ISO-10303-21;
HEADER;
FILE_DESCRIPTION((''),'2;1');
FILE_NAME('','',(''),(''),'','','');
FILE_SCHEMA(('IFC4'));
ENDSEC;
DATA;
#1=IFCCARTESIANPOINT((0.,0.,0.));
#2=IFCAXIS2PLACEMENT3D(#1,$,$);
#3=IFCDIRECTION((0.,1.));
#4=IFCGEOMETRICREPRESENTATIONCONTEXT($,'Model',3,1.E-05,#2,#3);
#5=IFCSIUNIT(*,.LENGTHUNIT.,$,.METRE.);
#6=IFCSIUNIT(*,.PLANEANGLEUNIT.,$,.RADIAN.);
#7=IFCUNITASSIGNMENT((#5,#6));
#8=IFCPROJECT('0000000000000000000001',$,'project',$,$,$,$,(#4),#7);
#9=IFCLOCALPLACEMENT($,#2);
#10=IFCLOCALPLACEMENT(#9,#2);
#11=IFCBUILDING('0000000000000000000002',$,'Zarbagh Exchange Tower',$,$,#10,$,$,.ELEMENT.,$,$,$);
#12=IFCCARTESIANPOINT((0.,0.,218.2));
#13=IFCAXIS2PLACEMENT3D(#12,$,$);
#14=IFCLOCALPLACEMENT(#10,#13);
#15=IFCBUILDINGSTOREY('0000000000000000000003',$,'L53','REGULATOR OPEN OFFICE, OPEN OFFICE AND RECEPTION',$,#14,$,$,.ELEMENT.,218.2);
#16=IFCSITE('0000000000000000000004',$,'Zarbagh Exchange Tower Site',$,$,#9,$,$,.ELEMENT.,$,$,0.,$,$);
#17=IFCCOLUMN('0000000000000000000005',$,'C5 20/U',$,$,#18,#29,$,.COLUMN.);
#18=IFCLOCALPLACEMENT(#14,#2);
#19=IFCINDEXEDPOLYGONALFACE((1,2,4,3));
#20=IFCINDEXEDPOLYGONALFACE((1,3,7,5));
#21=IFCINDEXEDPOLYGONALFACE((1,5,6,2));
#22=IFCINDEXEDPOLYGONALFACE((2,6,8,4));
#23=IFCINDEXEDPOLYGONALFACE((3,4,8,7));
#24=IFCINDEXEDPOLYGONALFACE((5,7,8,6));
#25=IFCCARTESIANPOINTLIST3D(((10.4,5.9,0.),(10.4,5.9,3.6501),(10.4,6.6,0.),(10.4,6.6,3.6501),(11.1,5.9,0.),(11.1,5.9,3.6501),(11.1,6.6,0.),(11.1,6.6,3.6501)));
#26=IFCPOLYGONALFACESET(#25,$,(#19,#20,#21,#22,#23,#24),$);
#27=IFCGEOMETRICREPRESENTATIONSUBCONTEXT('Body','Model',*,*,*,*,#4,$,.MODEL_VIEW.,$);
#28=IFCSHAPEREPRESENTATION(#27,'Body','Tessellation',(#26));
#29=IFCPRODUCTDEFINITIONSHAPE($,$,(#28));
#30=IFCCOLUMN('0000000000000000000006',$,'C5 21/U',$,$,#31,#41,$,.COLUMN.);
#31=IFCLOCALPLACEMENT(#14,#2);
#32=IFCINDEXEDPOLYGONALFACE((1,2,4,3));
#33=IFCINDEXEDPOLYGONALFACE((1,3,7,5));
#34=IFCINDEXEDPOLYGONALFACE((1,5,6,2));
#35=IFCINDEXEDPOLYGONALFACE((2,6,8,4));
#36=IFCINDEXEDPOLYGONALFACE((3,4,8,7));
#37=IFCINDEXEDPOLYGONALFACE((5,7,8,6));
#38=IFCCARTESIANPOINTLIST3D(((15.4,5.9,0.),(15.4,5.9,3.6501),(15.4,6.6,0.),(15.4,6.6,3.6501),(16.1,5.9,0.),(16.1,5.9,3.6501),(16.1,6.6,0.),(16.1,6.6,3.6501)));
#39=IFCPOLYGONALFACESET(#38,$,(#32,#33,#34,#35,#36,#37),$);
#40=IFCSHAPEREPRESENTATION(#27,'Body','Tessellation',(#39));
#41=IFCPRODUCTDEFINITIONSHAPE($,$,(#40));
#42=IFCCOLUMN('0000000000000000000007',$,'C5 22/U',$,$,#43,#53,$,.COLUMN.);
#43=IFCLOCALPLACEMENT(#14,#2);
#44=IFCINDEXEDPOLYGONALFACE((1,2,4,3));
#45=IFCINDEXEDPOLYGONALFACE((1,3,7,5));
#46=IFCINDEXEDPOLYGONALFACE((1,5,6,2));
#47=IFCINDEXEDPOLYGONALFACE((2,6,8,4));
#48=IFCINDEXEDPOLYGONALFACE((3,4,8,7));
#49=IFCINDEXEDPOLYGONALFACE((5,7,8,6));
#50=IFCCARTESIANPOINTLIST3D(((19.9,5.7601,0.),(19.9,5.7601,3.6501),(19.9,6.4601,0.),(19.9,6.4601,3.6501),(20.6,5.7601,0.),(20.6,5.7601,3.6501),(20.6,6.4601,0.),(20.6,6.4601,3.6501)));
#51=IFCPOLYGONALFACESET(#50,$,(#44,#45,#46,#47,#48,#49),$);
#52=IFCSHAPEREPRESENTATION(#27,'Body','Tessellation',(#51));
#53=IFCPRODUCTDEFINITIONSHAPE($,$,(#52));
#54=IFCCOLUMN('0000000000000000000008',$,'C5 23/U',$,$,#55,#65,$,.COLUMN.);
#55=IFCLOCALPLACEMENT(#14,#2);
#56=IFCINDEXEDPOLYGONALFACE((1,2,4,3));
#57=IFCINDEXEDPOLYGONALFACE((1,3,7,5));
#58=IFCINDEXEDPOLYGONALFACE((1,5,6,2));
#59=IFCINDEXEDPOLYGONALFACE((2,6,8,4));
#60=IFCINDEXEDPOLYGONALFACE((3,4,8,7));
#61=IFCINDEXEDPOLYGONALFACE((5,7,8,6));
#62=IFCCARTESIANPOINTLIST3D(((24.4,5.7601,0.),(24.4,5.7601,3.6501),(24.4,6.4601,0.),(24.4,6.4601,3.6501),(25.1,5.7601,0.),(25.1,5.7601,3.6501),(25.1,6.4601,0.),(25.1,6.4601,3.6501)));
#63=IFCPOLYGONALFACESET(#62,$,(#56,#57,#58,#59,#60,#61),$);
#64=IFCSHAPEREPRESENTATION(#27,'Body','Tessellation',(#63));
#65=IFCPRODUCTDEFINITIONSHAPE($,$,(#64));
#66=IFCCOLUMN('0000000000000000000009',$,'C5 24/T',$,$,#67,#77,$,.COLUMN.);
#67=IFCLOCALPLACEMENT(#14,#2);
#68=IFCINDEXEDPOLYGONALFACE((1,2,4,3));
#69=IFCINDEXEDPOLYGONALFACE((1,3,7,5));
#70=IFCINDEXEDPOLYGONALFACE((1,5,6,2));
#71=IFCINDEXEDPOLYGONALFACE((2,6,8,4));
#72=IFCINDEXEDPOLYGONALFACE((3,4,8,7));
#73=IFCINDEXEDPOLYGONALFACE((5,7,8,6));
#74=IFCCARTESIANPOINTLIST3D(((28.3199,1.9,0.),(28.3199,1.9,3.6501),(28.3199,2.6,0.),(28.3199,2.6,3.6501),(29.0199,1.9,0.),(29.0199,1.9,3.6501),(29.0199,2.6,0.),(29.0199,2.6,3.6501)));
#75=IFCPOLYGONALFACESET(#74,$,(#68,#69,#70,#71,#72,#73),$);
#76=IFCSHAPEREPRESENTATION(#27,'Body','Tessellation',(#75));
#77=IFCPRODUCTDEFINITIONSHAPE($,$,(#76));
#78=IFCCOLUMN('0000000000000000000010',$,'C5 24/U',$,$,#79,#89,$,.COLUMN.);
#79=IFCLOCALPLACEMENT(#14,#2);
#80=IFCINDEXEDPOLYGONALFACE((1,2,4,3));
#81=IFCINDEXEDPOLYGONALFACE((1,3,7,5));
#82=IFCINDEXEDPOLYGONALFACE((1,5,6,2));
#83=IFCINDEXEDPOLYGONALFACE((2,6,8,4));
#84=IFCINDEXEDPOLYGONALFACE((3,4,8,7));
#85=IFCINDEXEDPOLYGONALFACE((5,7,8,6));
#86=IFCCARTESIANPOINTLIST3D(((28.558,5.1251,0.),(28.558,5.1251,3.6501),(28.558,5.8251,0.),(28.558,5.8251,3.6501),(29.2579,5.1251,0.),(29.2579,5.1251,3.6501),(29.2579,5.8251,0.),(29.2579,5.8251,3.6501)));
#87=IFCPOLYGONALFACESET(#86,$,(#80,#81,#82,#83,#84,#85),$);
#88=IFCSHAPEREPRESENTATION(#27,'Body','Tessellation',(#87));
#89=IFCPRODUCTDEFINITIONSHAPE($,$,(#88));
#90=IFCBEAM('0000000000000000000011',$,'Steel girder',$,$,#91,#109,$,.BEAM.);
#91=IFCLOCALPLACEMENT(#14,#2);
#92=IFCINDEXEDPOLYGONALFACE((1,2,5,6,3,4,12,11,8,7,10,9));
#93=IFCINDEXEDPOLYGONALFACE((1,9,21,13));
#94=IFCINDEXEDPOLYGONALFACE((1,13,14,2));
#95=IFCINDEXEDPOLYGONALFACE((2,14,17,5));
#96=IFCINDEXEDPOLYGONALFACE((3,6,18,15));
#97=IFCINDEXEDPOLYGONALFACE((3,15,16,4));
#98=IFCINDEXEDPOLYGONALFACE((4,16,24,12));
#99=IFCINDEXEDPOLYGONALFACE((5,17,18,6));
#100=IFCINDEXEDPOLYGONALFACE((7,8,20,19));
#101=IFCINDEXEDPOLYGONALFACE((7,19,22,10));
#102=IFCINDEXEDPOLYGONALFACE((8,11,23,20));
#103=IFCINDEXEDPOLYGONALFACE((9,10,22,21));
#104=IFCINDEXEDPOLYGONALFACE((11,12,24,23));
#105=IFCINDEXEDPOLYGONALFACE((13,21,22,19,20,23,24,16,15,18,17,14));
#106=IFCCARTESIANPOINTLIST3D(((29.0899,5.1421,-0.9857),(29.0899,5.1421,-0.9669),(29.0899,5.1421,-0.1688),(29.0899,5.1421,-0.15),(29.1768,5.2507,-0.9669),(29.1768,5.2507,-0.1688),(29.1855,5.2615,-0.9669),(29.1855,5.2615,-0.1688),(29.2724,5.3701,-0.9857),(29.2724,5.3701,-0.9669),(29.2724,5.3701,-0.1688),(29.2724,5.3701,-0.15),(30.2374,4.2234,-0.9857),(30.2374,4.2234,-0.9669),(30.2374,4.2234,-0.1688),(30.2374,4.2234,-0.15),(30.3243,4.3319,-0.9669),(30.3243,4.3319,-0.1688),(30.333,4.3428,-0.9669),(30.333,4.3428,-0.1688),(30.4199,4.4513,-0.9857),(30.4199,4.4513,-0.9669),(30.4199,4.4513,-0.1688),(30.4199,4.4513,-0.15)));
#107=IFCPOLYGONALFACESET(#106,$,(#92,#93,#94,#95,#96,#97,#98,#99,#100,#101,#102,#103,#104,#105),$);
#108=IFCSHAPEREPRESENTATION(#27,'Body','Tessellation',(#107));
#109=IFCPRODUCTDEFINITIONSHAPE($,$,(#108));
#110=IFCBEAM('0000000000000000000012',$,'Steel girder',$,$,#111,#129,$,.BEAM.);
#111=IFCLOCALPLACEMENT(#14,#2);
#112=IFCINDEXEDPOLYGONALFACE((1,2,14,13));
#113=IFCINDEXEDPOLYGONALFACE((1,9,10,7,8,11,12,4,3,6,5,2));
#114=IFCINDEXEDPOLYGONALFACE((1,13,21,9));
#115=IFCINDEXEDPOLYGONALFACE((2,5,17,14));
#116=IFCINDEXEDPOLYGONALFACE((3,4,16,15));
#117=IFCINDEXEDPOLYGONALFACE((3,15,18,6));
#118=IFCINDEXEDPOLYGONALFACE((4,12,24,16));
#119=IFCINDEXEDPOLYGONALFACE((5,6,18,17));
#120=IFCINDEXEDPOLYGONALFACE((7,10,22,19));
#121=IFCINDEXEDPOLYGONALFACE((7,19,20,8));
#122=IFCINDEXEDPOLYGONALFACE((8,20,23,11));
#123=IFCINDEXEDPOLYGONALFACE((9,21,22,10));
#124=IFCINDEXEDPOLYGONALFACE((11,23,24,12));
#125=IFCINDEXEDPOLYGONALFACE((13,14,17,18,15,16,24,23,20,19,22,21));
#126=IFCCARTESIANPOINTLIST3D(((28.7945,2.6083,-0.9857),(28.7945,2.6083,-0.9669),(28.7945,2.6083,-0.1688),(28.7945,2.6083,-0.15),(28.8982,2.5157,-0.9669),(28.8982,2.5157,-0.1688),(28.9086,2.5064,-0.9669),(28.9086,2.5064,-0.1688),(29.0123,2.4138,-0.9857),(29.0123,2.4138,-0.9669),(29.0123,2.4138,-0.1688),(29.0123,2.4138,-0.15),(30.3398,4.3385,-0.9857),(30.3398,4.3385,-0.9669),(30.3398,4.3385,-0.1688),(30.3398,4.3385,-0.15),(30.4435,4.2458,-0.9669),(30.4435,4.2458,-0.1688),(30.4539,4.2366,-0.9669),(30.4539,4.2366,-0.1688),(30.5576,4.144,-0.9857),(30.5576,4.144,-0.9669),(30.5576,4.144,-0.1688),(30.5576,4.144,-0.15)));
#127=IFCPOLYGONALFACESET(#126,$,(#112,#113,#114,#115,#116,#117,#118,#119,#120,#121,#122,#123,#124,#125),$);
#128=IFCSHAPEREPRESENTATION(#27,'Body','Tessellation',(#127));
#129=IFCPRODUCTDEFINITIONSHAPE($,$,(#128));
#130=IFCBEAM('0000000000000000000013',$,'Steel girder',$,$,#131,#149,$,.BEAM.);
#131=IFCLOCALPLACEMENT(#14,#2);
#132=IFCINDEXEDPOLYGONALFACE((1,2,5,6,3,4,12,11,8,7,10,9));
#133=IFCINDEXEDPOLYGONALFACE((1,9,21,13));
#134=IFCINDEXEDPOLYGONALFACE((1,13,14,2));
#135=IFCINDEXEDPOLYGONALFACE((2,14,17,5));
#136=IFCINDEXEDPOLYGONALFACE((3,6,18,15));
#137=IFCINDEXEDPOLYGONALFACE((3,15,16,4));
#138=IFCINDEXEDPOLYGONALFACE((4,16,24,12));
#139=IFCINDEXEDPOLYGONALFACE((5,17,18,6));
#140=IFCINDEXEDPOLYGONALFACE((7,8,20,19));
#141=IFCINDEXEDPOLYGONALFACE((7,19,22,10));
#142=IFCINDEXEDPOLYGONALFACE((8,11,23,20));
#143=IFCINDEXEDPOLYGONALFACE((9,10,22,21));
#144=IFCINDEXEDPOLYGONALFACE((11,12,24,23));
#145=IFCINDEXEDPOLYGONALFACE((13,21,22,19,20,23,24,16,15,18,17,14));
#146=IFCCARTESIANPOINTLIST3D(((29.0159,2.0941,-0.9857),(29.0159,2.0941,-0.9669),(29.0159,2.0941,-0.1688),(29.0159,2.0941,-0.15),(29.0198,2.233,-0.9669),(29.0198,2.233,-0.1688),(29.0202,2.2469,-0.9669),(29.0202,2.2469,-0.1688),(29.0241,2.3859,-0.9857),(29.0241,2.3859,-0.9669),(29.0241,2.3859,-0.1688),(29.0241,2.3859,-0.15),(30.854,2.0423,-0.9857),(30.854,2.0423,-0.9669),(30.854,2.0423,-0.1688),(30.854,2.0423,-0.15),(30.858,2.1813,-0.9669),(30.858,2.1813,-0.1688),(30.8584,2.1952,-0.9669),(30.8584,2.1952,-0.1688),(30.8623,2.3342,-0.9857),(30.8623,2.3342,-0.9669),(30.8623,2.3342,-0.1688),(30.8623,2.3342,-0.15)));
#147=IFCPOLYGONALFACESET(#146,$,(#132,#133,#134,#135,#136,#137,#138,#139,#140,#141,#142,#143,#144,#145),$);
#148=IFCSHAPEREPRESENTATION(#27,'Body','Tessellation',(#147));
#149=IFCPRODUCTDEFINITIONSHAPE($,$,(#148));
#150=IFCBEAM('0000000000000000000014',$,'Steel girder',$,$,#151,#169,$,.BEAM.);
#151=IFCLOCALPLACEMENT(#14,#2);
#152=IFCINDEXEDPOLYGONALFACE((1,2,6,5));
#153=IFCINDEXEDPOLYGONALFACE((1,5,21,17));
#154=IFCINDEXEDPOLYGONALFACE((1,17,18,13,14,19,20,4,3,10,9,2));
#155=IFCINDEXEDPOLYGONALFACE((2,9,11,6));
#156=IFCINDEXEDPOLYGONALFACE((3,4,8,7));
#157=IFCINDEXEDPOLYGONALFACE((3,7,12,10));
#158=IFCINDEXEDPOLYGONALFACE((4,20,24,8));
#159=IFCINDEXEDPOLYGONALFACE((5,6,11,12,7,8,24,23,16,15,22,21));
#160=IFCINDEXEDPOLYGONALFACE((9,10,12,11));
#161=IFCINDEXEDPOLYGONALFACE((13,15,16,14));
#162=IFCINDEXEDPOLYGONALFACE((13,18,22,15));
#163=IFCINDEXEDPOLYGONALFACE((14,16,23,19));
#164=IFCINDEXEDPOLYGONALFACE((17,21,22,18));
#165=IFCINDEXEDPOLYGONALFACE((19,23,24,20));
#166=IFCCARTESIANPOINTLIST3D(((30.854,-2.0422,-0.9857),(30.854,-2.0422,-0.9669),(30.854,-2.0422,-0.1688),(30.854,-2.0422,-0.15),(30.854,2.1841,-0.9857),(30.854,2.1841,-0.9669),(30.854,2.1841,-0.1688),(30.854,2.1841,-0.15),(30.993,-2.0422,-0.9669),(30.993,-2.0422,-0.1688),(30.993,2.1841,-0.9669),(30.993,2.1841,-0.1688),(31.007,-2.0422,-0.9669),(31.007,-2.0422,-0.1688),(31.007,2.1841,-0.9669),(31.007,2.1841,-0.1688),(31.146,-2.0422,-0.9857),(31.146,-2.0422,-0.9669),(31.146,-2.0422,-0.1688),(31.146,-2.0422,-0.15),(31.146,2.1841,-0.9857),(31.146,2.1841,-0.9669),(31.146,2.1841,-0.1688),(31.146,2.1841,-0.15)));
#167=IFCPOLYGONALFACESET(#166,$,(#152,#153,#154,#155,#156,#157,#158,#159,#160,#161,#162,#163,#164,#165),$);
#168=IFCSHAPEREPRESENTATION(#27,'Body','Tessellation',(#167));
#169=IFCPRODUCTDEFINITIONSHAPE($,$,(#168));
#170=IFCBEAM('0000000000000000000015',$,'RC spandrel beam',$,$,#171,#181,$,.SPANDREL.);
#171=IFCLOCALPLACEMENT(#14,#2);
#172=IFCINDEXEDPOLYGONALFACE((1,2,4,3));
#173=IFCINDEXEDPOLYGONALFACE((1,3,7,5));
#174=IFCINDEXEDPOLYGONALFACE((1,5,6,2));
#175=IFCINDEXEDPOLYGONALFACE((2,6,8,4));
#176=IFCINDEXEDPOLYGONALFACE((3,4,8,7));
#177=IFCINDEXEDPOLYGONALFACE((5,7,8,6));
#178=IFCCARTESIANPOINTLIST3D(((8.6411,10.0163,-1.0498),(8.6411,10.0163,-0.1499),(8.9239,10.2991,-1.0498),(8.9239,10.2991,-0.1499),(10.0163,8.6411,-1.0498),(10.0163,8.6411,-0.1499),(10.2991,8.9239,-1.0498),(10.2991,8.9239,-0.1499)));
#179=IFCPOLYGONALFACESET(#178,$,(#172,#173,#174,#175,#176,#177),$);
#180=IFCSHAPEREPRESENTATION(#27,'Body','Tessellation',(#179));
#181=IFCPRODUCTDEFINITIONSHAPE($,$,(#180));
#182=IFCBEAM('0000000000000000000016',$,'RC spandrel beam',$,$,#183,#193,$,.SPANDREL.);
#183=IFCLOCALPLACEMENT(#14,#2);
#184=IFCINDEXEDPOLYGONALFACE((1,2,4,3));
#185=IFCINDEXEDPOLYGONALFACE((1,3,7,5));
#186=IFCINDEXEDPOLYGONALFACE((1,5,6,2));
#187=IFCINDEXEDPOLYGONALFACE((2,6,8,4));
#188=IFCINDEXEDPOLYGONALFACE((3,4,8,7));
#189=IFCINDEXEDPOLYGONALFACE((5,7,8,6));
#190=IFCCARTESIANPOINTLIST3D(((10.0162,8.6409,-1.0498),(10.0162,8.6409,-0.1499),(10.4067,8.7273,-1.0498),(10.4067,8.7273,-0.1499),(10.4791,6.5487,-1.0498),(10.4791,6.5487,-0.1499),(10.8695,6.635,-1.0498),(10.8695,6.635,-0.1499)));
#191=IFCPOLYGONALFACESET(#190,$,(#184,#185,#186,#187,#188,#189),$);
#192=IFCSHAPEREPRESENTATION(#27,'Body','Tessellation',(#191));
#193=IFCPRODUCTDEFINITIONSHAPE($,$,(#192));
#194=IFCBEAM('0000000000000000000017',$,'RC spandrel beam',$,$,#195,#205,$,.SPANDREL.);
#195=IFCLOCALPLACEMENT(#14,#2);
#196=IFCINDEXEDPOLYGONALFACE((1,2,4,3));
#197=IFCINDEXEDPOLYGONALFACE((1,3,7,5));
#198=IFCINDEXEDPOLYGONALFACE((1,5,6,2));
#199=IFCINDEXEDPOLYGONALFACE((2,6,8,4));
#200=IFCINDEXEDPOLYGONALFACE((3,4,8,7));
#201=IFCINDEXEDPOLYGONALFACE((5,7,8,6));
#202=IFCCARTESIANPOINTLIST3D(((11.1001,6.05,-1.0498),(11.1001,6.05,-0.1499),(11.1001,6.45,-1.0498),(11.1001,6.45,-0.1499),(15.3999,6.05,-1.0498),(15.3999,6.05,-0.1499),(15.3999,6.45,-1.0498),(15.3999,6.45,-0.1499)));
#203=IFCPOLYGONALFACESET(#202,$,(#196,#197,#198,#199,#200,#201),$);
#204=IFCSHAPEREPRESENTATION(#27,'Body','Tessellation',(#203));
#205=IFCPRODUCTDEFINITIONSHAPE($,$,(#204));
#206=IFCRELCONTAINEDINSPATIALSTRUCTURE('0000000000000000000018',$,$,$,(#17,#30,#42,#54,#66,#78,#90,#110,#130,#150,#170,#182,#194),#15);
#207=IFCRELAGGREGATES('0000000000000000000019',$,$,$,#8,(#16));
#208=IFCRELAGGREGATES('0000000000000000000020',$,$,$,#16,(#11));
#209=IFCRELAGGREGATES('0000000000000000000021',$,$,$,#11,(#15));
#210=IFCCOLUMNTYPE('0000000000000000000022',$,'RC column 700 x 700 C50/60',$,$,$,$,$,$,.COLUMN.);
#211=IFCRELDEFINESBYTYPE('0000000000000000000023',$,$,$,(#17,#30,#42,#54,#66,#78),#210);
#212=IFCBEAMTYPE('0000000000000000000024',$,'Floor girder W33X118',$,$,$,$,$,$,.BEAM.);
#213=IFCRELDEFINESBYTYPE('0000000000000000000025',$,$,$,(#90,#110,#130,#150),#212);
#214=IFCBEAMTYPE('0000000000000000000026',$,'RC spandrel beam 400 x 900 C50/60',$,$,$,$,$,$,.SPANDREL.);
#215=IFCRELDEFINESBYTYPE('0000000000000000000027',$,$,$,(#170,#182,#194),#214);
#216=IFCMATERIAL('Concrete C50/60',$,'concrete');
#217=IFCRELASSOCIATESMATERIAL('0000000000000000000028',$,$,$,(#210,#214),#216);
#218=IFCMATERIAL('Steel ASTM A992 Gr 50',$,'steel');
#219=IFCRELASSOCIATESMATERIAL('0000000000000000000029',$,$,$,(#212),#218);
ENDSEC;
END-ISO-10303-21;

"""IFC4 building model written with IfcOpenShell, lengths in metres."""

from ifc_helpers import new_model, si_unit, direction, frame, origin, origin_2d, place, context, subcontext, project, spatial, rectangle, i_section, extrude, material, material_profile, profile_set, type_object, element, save


model = new_model("IFC4")

# Units and contexts
model_context = context("Model", 3, precision=1e-05, world=origin(), true_north=direction((0.0, 1.0)))
body_context = subcontext(model_context, "Body", "Model", "MODEL_VIEW")
ifc_project = project(units=[si_unit("LENGTHUNIT", "METRE"), si_unit("PLANEANGLEUNIT", "RADIAN")], contexts=[model_context])

# Site, building, storey
site_placement = place(None, origin())
site = spatial("IfcSite", under=ifc_project, at=site_placement, Name="Zarbagh Exchange Tower Site", CompositionType="ELEMENT", RefElevation=0.0)
building_placement = place(site_placement, origin())
building = spatial("IfcBuilding", under=site, at=building_placement, Name="Zarbagh Exchange Tower", CompositionType="ELEMENT")
storey_placement = place(building_placement, frame((0.0, 0.0, 218.2)))
storey = spatial("IfcBuildingStorey", under=building, at=storey_placement, Name="L53", Description="REGULATOR OPEN OFFICE, OPEN OFFICE AND RECEPTION", CompositionType="ELEMENT", Elevation=218.2)

# Columns
ifc_material_1 = material(Name="Concrete C50/60", Category="concrete")
ifc_material_profile_1 = material_profile(ifc_material_1, rectangle(XDim=0.7, YDim=0.7, at=origin_2d()), Name="RC column 700 x 700 C50/60")
ifc_profile_set_1 = profile_set([ifc_material_profile_1], Name="Concrete C50/60")
column_type = type_object("IfcColumnType", Name="RC column 700 x 700 C50/60", PredefinedType="COLUMN", material=ifc_profile_set_1)
for number, where, z_axis, x_axis, name in (
    (1, (10.75, 6.25, 0.0), (0.0, 0.0, 1.0), (1.0, 0.0, 0.0), "C5 20/U"),
    (2, (15.75, 6.25, 0.0), (0.0, 0.0, 1.0), (1.0, 0.0, 0.0), "C5 21/U"),
    (3, (20.25, 6.1101, 0.0), (0.0, 0.0, 1.0), (1.0, 0.0, 0.0), "C5 22/U"),
    (4, (24.75, 6.1101, 0.0), (0.0, 0.0, 1.0), (1.0, 0.0, 0.0), "C5 23/U"),
    (5, (28.6699, 2.25, 0.0), (0.0, 0.0, 1.0), (1.0, 0.0, 0.0), "C5 24/T"),
    (6, (28.908, 5.4751, 0.0), (0.0, 0.0, 1.0), (1.0, 0.0, 0.0), "C5 24/U"),
):
    element("IfcColumn", number, at=place(storey_placement, frame(where, z_axis=z_axis, x_axis=x_axis)), inside=storey, type_object=column_type, Name=name, PredefinedType="COLUMN", context=body_context, shape_type="SweptSolid", body=[
        extrude(rectangle(XDim=0.7, YDim=0.7, at=origin_2d()), origin(), (0.0, 0.0, 1.0), 3.6501),
    ])

# Beams
ifc_material_2 = material(Name="Steel ASTM A992 Gr 50", Category="steel")
ifc_material_profile_2 = material_profile(ifc_material_2, i_section(OverallWidth=0.292, OverallDepth=0.8357, WebThickness=0.0139, FlangeThickness=0.0188, at=origin_2d()), Name="W33X118")
ifc_profile_set_2 = profile_set([ifc_material_profile_2], Name="Steel ASTM A992 Gr 50")
beam_type_1 = type_object("IfcBeamType", Name="Floor girder W33X118", PredefinedType="BEAM", material=ifc_profile_set_2)
beam_1_placement = place(storey_placement, frame((29.1812, 5.2561, -0.5679), z_axis=(0.780626, -0.624999, 0.0), x_axis=(0.624999, 0.780626, 0.0)))
element("IfcBeam", 7, at=beam_1_placement, inside=storey, type_object=beam_type_1, Name="Steel girder", PredefinedType="BEAM", context=body_context, shape_type="SweptSolid", body=[
    extrude(i_section(OverallWidth=0.292, OverallDepth=0.8357, WebThickness=0.0139, FlangeThickness=0.0188, at=origin_2d()), origin(), (0.0, 0.0, 1.0), 1.47),
])
beam_2_placement = place(storey_placement, frame((30.4487, 4.2412, -0.5679), z_axis=(-0.666152, -0.745816, 0.0), x_axis=(0.745816, -0.666152, 0.0)))
element("IfcBeam", 8, at=beam_2_placement, inside=storey, type_object=beam_type_1, Name="Steel girder", PredefinedType="BEAM", context=body_context, shape_type="SweptSolid", body=[
    extrude(i_section(OverallWidth=0.292, OverallDepth=0.8357, WebThickness=0.0139, FlangeThickness=0.0188, at=origin_2d()), origin(), (0.0, 0.0, 1.0), 2.3198),
])
beam_3_placement = place(storey_placement, frame((29.02, 2.24, -0.5679), z_axis=(0.999604, -0.028147, 0.0), x_axis=(0.028147, 0.999604, 0.0)))
element("IfcBeam", 9, at=beam_3_placement, inside=storey, type_object=beam_type_1, Name="Steel girder", PredefinedType="BEAM", context=body_context, shape_type="SweptSolid", body=[
    extrude(i_section(OverallWidth=0.292, OverallDepth=0.8357, WebThickness=0.0139, FlangeThickness=0.0188, at=origin_2d()), origin(), (0.0, 0.0, 1.0), 1.8389),
])
beam_4_placement = place(storey_placement, frame((31.0, 2.1841, -0.5679), z_axis=(0.0, -1.0, 0.0), x_axis=(1.0, 0.0, 0.0)))
element("IfcBeam", 10, at=beam_4_placement, inside=storey, type_object=beam_type_1, Name="Steel girder", PredefinedType="BEAM", context=body_context, shape_type="SweptSolid", body=[
    extrude(i_section(OverallWidth=0.292, OverallDepth=0.8357, WebThickness=0.0139, FlangeThickness=0.0188, at=origin_2d()), origin(), (0.0, 0.0, 1.0), 4.2263),
])
ifc_material_profile_3 = material_profile(ifc_material_1, rectangle(XDim=0.3999, YDim=0.8999, at=origin_2d()), Name="RC spandrel beam 400 x 900 C50/60")
ifc_profile_set_3 = profile_set([ifc_material_profile_3], Name="Concrete C50/60")
beam_type_2 = type_object("IfcBeamType", Name="RC spandrel beam 400 x 900 C50/60", PredefinedType="SPANDREL", material=ifc_profile_set_3)
beam_5_placement = place(storey_placement, frame((8.7825, 10.1577, -0.5999), z_axis=(0.707107, -0.707107, 0.0), x_axis=(0.707107, 0.707107, 0.0)))
element("IfcBeam", 11, at=beam_5_placement, inside=storey, type_object=beam_type_2, Name="RC spandrel beam", PredefinedType="SPANDREL", context=body_context, shape_type="SweptSolid", body=[
    extrude(rectangle(XDim=0.3999, YDim=0.8999, at=origin_2d()), origin(), (0.0, 0.0, 1.0), 1.9448),
])
beam_6_placement = place(storey_placement, frame((10.2114, 8.6841, -0.5999), z_axis=(0.216014, -0.97639, 0.0), x_axis=(0.97639, 0.216014, 0.0)))
element("IfcBeam", 12, at=beam_6_placement, inside=storey, type_object=beam_type_2, Name="RC spandrel beam", PredefinedType="SPANDREL", context=body_context, shape_type="SweptSolid", body=[
    extrude(rectangle(XDim=0.3999, YDim=0.8999, at=origin_2d()), origin(), (0.0, 0.0, 1.0), 2.1428),
])
beam_7_placement = place(storey_placement, frame((11.1001, 6.25, -0.5999), z_axis=(1.0, 0.0, 0.0), x_axis=(0.0, 1.0, 0.0)))
element("IfcBeam", 13, at=beam_7_placement, inside=storey, type_object=beam_type_2, Name="RC spandrel beam", PredefinedType="SPANDREL", context=body_context, shape_type="SweptSolid", body=[
    extrude(rectangle(XDim=0.3999, YDim=0.8999, at=origin_2d()), origin(), (0.0, 0.0, 1.0), 4.2998),
])

save(model, "model.ifc")
